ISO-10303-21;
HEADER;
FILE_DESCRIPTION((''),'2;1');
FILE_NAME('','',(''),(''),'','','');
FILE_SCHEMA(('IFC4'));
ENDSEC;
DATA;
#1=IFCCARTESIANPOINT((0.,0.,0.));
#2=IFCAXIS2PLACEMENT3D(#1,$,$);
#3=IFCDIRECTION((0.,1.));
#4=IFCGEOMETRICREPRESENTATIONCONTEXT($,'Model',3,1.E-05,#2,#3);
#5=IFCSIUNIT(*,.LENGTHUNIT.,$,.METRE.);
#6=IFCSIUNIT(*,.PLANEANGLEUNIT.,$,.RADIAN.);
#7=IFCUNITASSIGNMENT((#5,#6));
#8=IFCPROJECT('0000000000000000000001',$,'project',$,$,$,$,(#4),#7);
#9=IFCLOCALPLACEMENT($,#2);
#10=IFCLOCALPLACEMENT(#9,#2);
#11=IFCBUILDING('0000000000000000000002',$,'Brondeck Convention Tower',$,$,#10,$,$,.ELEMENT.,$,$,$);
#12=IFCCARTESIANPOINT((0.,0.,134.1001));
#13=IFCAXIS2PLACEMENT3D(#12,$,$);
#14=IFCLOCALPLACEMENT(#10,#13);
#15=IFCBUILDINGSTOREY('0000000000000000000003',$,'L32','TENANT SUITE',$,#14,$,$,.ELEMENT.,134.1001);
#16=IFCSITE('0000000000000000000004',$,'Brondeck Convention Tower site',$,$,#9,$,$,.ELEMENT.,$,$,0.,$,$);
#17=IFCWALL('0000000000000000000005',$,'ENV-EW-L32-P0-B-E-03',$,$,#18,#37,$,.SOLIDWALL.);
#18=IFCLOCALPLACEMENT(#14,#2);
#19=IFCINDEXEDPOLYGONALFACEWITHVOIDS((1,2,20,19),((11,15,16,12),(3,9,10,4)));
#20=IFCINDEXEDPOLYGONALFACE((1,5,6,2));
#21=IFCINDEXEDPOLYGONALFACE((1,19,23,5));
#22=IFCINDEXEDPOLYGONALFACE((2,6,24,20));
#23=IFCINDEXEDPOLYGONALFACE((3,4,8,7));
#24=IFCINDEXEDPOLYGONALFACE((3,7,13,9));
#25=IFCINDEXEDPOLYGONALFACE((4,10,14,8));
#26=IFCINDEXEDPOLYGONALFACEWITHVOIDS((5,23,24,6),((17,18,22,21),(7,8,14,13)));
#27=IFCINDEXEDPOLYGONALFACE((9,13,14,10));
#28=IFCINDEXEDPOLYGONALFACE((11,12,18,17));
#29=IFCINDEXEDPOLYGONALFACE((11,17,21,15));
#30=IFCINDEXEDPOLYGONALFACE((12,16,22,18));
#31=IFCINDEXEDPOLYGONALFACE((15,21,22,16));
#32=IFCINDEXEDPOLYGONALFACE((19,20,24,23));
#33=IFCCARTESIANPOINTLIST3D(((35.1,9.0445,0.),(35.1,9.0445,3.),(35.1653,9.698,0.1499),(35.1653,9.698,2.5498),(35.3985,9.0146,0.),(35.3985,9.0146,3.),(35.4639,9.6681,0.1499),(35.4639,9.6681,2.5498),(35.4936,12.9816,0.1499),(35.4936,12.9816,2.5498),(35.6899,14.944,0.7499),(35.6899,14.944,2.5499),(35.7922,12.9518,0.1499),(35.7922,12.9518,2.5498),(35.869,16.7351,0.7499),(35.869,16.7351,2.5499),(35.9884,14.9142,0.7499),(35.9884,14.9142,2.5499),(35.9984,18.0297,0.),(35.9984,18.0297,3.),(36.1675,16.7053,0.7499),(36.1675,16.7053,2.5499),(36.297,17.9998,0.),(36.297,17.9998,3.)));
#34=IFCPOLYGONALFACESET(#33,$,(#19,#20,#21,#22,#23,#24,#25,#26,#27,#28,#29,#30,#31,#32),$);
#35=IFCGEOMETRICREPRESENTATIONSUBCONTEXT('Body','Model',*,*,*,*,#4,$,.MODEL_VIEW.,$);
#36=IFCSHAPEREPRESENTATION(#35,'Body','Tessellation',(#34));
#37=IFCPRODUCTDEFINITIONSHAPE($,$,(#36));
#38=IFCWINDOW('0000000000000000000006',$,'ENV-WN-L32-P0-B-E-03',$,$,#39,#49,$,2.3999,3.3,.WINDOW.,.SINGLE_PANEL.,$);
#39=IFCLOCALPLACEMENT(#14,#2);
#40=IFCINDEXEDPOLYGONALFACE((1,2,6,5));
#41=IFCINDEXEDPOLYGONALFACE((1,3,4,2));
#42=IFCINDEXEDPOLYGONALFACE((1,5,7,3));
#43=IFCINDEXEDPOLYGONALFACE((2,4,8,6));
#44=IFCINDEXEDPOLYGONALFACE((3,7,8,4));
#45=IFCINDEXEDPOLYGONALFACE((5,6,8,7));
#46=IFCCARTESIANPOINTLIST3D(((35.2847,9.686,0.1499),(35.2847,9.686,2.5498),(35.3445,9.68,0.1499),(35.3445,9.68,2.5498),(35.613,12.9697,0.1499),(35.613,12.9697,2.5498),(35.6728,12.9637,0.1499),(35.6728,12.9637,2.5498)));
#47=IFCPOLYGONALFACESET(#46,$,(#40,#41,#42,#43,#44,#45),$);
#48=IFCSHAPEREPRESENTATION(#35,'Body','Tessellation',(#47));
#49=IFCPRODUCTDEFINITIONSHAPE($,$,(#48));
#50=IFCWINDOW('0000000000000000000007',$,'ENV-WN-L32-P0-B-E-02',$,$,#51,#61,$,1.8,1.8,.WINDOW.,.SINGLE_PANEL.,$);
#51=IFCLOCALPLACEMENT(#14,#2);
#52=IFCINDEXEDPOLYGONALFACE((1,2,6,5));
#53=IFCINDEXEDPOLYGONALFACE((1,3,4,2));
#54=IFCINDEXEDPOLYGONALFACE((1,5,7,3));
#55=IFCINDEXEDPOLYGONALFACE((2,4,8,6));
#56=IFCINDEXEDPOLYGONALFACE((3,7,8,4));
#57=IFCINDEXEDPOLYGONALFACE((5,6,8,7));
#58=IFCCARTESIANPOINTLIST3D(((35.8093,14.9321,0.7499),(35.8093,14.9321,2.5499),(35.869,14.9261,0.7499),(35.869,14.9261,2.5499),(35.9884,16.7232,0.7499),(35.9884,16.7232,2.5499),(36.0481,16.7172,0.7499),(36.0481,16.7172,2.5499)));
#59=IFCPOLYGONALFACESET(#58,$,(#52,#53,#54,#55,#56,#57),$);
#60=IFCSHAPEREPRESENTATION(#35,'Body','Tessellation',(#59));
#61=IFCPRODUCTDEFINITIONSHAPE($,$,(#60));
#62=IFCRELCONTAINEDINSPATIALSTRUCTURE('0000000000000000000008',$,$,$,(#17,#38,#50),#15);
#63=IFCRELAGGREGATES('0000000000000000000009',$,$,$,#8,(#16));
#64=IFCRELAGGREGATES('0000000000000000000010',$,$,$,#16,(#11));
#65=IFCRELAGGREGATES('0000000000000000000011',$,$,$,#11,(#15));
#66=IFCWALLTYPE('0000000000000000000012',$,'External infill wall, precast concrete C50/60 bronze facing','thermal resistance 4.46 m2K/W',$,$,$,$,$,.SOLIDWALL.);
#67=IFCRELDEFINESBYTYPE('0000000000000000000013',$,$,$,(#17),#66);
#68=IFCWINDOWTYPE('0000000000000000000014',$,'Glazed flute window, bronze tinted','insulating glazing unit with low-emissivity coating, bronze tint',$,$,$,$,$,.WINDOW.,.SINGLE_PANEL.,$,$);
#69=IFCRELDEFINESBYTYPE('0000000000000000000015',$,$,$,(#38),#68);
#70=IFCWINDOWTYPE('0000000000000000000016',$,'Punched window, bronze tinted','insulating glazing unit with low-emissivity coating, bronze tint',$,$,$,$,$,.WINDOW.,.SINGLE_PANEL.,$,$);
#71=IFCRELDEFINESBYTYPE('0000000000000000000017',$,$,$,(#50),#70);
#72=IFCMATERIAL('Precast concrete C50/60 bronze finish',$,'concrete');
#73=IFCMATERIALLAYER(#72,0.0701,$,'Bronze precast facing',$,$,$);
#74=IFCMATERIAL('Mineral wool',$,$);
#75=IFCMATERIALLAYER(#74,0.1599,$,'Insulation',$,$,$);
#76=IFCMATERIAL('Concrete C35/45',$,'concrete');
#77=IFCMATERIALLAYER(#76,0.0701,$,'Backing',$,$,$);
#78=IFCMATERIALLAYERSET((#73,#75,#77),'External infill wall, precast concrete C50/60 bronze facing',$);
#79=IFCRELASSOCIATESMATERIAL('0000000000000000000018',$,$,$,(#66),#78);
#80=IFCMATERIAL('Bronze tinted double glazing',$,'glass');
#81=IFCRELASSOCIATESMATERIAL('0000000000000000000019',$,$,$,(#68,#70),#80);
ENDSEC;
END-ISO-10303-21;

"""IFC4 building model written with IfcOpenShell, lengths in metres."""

from ifc_helpers import new_model, si_unit, direction, frame, frame_2d, origin, place, context, subcontext, project, spatial, rectangle, extrude, material, layer, layer_set, type_object, element, fill, save


model = new_model("IFC4")

# Units and contexts
model_context = context("Model", 3, precision=1e-05, world=origin(), true_north=direction((0.0, 1.0)))
body_context = subcontext(model_context, "Body", "Model", "MODEL_VIEW")
ifc_project = project(units=[si_unit("LENGTHUNIT", "METRE"), si_unit("PLANEANGLEUNIT", "RADIAN")], contexts=[model_context])

# Site, building, storey
site_placement = place(None, origin())
site = spatial("IfcSite", under=ifc_project, at=site_placement, Name="Brondeck Convention Tower site", CompositionType="ELEMENT", RefElevation=0.0)
building_placement = place(site_placement, origin())
building = spatial("IfcBuilding", under=site, at=building_placement, Name="Brondeck Convention Tower", CompositionType="ELEMENT")
storey_placement = place(building_placement, frame((0.0, 0.0, 134.1001)))
storey = spatial("IfcBuildingStorey", under=building, at=storey_placement, Name="L32", Description="TENANT SUITE", CompositionType="ELEMENT", Elevation=134.1001)

# Shared definitions
ifc_material_1 = material(Name="Precast concrete C50/60 bronze finish", Category="concrete")
ifc_layer_1 = layer(ifc_material_1, 0.0701, Name="Bronze precast facing")
ifc_material_2 = material(Name="Mineral wool")
ifc_layer_2 = layer(ifc_material_2, 0.1599, Name="Insulation")
ifc_material_3 = material(Name="Concrete C35/45", Category="concrete")
ifc_layer_3 = layer(ifc_material_3, 0.0701, Name="Backing")
ifc_layer_set = layer_set([ifc_layer_1, ifc_layer_2, ifc_layer_3], Name="External infill wall, precast concrete C50/60 bronze facing")
wall_type = type_object("IfcWallType", Name="External infill wall, precast concrete C50/60 bronze facing", Description="thermal resistance 4.46 m2K/W", PredefinedType="SOLIDWALL", material=ifc_layer_set)
ifc_material_4 = material(Name="Bronze tinted double glazing", Category="glass")
window_type_1 = type_object("IfcWindowType", Name="Glazed flute window, bronze tinted", Description="insulating glazing unit with low-emissivity coating, bronze tint", PartitioningType="SINGLE_PANEL", PredefinedType="WINDOW", material=ifc_material_4)

# Wall, openings, windows
wall_1_placement = place(storey_placement, frame((36.1477, 18.0149, 0.0), z_axis=(0.0, 0.0, 1.0), x_axis=(-0.099496, -0.995038, 0.0)))
wall_1 = element("IfcWall", 1, at=wall_1_placement, inside=storey, type_object=wall_type, Name="ENV-EW-L32-P0-B-E-03", PredefinedType="SOLIDWALL", context=body_context, shape_type="SweptSolid", body=[
    extrude(rectangle(XDim=9.03, YDim=0.3, at=frame_2d((4.5151, 0.0))), origin(), (0.0, 0.0, 1.0), 3.0),
])
opening_1_placement = place(wall_1_placement, frame((1.3013, 0.0, 0.75)))
opening_1 = element("IfcOpeningElement", 2, at=opening_1_placement, cuts=wall_1, PredefinedType="OPENING", context=body_context, shape_type="SweptSolid", body=[
    extrude(rectangle(XDim=1.8, YDim=1.8, at=frame_2d((0.8999, 0.8999))), frame((0.0, 0.1599, 0.0), z_axis=(0.0, -1.0, 0.0), x_axis=(1.0, 0.0, 0.0)), (0.0, 0.0, 1.0), 0.3201),
])
opening_2_placement = place(wall_1_placement, frame((5.0735, 0.0, 0.1499)))
opening_2 = element("IfcOpeningElement", 3, at=opening_2_placement, cuts=wall_1, PredefinedType="OPENING", context=body_context, shape_type="SweptSolid", body=[
    extrude(rectangle(XDim=3.3, YDim=2.3999, at=frame_2d((1.6499, 1.2))), frame((0.0, 0.1599, 0.0), z_axis=(0.0, -1.0, 0.0), x_axis=(1.0, 0.0, 0.0)), (0.0, 0.0, 1.0), 0.3201),
])
window_1_placement = place(opening_2_placement, origin())
window_1 = element("IfcWindow", 4, at=window_1_placement, inside=storey, type_object=window_type_1, Name="ENV-WN-L32-P0-B-E-03", OverallHeight=2.3999, OverallWidth=3.3, PartitioningType="SINGLE_PANEL", PredefinedType="WINDOW", context=body_context, shape_type="SweptSolid", body=[
    extrude(rectangle(XDim=3.3, YDim=2.3999, at=frame_2d((1.6499, 1.2))), frame((0.0, 0.03, 0.0), z_axis=(0.0, -1.0, 0.0), x_axis=(1.0, 0.0, 0.0)), (0.0, 0.0, 1.0), 0.0601),
])
fill(opening_2, window_1)
window_type_2 = type_object("IfcWindowType", Name="Punched window, bronze tinted", Description="insulating glazing unit with low-emissivity coating, bronze tint", PartitioningType="SINGLE_PANEL", PredefinedType="WINDOW", material=ifc_material_4)
window_2_placement = place(opening_1_placement, origin())
window_2 = element("IfcWindow", 5, at=window_2_placement, inside=storey, type_object=window_type_2, Name="ENV-WN-L32-P0-B-E-02", OverallHeight=1.8, OverallWidth=1.8, PartitioningType="SINGLE_PANEL", PredefinedType="WINDOW", context=body_context, shape_type="SweptSolid", body=[
    extrude(rectangle(XDim=1.8, YDim=1.8, at=frame_2d((0.8999, 0.8999))), frame((0.0, 0.03, 0.0), z_axis=(0.0, -1.0, 0.0), x_axis=(1.0, 0.0, 0.0)), (0.0, 0.0, 1.0), 0.0601),
])
fill(opening_1, window_2)

save(model, "model.ifc")
